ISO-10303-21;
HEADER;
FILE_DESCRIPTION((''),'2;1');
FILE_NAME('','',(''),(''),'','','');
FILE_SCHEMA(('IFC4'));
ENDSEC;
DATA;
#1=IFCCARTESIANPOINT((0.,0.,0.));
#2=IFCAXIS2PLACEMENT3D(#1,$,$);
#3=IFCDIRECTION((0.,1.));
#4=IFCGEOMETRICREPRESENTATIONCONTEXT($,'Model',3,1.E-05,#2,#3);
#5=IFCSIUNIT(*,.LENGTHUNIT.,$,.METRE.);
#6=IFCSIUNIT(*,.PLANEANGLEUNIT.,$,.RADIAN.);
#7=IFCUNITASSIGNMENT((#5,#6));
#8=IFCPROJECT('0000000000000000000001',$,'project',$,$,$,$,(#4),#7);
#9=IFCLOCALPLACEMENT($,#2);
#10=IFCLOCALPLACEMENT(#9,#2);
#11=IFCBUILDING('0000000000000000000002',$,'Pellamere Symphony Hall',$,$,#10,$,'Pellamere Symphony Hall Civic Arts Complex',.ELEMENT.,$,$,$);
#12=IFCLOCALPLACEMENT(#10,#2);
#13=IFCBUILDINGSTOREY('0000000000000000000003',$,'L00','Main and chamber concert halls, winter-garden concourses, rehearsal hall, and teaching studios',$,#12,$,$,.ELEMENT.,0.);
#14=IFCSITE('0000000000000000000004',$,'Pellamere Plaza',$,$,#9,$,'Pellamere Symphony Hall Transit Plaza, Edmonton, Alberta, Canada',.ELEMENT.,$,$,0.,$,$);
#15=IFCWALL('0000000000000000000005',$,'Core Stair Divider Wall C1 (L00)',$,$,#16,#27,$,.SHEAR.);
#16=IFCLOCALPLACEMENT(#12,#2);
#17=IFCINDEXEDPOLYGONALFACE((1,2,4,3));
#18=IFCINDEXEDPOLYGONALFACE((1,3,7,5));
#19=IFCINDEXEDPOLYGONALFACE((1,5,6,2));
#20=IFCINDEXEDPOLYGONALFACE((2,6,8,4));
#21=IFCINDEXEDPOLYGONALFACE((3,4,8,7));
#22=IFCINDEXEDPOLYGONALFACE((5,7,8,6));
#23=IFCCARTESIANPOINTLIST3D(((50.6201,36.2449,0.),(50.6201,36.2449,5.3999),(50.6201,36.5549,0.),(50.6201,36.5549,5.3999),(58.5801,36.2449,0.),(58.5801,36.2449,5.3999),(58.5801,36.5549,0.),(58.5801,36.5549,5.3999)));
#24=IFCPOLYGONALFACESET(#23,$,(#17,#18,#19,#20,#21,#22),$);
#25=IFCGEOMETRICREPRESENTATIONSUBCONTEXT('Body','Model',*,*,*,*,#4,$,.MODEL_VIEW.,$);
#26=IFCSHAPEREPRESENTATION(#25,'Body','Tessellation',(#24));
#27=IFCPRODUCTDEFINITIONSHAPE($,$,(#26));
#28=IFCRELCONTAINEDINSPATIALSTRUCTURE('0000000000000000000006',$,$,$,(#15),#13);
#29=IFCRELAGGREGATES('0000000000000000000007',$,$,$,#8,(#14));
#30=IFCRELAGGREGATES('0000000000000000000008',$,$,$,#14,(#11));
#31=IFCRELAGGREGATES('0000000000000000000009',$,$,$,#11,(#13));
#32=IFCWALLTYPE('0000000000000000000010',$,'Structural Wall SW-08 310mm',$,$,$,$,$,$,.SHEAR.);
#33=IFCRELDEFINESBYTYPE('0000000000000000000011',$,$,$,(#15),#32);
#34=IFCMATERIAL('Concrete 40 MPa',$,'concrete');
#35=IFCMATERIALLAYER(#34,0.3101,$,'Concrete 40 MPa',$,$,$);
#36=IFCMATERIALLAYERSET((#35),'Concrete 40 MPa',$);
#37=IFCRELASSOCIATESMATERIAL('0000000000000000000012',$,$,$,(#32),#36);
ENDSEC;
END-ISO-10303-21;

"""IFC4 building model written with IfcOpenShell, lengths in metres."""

from ifc_helpers import new_model, si_unit, direction, frame, frame_2d, origin, place, context, subcontext, project, spatial, rectangle, extrude, material, layer, layer_set, type_object, element, save


model = new_model("IFC4")

# Units and contexts
model_context = context("Model", 3, precision=1e-05, world=origin(), true_north=direction((0.0, 1.0)))
body_context = subcontext(model_context, "Body", "Model", "MODEL_VIEW")
ifc_project = project(units=[si_unit("LENGTHUNIT", "METRE"), si_unit("PLANEANGLEUNIT", "RADIAN")], contexts=[model_context])

# Site, building, storey
site_placement = place(None, origin())
site = spatial("IfcSite", under=ifc_project, at=site_placement, Name="Pellamere Plaza", LongName="Pellamere Symphony Hall Transit Plaza, Edmonton, Alberta, Canada", CompositionType="ELEMENT", RefElevation=0.0)
building_placement = place(site_placement, origin())
building = spatial("IfcBuilding", under=site, at=building_placement, Name="Pellamere Symphony Hall", LongName="Pellamere Symphony Hall Civic Arts Complex", CompositionType="ELEMENT")
storey_placement = place(building_placement, origin())
storey = spatial("IfcBuildingStorey", under=building, at=storey_placement, Name="L00", Description="Main and chamber concert halls, winter-garden concourses, rehearsal hall, and teaching studios", CompositionType="ELEMENT", Elevation=0.0)

# Shared definitions
ifc_material_1 = material(Name="Concrete 40 MPa", Category="concrete")

# Wall
ifc_layer_1 = layer(ifc_material_1, 0.3101, Name="Concrete 40 MPa")
ifc_layer_set_1 = layer_set([ifc_layer_1], Name="Concrete 40 MPa")
wall_type_1 = type_object("IfcWallType", Name="Structural Wall SW-08 310mm", PredefinedType="SHEAR", material=ifc_layer_set_1)
wall_1_placement = place(storey_placement, frame((50.6201, 36.3999, 0.0), z_axis=(0.0, 0.0, 1.0), x_axis=(1.0, 0.0, 0.0)))
element("IfcWall", 1, at=wall_1_placement, inside=storey, type_object=wall_type_1, Name="Core Stair Divider Wall C1 (L00)", PredefinedType="SHEAR", context=body_context, shape_type="SweptSolid", body=[
    extrude(rectangle(XDim=7.96, YDim=0.3101, at=frame_2d((3.98, 0.0))), origin(), (0.0, 0.0, 1.0), 5.3999),
])

save(model, "model.ifc")
